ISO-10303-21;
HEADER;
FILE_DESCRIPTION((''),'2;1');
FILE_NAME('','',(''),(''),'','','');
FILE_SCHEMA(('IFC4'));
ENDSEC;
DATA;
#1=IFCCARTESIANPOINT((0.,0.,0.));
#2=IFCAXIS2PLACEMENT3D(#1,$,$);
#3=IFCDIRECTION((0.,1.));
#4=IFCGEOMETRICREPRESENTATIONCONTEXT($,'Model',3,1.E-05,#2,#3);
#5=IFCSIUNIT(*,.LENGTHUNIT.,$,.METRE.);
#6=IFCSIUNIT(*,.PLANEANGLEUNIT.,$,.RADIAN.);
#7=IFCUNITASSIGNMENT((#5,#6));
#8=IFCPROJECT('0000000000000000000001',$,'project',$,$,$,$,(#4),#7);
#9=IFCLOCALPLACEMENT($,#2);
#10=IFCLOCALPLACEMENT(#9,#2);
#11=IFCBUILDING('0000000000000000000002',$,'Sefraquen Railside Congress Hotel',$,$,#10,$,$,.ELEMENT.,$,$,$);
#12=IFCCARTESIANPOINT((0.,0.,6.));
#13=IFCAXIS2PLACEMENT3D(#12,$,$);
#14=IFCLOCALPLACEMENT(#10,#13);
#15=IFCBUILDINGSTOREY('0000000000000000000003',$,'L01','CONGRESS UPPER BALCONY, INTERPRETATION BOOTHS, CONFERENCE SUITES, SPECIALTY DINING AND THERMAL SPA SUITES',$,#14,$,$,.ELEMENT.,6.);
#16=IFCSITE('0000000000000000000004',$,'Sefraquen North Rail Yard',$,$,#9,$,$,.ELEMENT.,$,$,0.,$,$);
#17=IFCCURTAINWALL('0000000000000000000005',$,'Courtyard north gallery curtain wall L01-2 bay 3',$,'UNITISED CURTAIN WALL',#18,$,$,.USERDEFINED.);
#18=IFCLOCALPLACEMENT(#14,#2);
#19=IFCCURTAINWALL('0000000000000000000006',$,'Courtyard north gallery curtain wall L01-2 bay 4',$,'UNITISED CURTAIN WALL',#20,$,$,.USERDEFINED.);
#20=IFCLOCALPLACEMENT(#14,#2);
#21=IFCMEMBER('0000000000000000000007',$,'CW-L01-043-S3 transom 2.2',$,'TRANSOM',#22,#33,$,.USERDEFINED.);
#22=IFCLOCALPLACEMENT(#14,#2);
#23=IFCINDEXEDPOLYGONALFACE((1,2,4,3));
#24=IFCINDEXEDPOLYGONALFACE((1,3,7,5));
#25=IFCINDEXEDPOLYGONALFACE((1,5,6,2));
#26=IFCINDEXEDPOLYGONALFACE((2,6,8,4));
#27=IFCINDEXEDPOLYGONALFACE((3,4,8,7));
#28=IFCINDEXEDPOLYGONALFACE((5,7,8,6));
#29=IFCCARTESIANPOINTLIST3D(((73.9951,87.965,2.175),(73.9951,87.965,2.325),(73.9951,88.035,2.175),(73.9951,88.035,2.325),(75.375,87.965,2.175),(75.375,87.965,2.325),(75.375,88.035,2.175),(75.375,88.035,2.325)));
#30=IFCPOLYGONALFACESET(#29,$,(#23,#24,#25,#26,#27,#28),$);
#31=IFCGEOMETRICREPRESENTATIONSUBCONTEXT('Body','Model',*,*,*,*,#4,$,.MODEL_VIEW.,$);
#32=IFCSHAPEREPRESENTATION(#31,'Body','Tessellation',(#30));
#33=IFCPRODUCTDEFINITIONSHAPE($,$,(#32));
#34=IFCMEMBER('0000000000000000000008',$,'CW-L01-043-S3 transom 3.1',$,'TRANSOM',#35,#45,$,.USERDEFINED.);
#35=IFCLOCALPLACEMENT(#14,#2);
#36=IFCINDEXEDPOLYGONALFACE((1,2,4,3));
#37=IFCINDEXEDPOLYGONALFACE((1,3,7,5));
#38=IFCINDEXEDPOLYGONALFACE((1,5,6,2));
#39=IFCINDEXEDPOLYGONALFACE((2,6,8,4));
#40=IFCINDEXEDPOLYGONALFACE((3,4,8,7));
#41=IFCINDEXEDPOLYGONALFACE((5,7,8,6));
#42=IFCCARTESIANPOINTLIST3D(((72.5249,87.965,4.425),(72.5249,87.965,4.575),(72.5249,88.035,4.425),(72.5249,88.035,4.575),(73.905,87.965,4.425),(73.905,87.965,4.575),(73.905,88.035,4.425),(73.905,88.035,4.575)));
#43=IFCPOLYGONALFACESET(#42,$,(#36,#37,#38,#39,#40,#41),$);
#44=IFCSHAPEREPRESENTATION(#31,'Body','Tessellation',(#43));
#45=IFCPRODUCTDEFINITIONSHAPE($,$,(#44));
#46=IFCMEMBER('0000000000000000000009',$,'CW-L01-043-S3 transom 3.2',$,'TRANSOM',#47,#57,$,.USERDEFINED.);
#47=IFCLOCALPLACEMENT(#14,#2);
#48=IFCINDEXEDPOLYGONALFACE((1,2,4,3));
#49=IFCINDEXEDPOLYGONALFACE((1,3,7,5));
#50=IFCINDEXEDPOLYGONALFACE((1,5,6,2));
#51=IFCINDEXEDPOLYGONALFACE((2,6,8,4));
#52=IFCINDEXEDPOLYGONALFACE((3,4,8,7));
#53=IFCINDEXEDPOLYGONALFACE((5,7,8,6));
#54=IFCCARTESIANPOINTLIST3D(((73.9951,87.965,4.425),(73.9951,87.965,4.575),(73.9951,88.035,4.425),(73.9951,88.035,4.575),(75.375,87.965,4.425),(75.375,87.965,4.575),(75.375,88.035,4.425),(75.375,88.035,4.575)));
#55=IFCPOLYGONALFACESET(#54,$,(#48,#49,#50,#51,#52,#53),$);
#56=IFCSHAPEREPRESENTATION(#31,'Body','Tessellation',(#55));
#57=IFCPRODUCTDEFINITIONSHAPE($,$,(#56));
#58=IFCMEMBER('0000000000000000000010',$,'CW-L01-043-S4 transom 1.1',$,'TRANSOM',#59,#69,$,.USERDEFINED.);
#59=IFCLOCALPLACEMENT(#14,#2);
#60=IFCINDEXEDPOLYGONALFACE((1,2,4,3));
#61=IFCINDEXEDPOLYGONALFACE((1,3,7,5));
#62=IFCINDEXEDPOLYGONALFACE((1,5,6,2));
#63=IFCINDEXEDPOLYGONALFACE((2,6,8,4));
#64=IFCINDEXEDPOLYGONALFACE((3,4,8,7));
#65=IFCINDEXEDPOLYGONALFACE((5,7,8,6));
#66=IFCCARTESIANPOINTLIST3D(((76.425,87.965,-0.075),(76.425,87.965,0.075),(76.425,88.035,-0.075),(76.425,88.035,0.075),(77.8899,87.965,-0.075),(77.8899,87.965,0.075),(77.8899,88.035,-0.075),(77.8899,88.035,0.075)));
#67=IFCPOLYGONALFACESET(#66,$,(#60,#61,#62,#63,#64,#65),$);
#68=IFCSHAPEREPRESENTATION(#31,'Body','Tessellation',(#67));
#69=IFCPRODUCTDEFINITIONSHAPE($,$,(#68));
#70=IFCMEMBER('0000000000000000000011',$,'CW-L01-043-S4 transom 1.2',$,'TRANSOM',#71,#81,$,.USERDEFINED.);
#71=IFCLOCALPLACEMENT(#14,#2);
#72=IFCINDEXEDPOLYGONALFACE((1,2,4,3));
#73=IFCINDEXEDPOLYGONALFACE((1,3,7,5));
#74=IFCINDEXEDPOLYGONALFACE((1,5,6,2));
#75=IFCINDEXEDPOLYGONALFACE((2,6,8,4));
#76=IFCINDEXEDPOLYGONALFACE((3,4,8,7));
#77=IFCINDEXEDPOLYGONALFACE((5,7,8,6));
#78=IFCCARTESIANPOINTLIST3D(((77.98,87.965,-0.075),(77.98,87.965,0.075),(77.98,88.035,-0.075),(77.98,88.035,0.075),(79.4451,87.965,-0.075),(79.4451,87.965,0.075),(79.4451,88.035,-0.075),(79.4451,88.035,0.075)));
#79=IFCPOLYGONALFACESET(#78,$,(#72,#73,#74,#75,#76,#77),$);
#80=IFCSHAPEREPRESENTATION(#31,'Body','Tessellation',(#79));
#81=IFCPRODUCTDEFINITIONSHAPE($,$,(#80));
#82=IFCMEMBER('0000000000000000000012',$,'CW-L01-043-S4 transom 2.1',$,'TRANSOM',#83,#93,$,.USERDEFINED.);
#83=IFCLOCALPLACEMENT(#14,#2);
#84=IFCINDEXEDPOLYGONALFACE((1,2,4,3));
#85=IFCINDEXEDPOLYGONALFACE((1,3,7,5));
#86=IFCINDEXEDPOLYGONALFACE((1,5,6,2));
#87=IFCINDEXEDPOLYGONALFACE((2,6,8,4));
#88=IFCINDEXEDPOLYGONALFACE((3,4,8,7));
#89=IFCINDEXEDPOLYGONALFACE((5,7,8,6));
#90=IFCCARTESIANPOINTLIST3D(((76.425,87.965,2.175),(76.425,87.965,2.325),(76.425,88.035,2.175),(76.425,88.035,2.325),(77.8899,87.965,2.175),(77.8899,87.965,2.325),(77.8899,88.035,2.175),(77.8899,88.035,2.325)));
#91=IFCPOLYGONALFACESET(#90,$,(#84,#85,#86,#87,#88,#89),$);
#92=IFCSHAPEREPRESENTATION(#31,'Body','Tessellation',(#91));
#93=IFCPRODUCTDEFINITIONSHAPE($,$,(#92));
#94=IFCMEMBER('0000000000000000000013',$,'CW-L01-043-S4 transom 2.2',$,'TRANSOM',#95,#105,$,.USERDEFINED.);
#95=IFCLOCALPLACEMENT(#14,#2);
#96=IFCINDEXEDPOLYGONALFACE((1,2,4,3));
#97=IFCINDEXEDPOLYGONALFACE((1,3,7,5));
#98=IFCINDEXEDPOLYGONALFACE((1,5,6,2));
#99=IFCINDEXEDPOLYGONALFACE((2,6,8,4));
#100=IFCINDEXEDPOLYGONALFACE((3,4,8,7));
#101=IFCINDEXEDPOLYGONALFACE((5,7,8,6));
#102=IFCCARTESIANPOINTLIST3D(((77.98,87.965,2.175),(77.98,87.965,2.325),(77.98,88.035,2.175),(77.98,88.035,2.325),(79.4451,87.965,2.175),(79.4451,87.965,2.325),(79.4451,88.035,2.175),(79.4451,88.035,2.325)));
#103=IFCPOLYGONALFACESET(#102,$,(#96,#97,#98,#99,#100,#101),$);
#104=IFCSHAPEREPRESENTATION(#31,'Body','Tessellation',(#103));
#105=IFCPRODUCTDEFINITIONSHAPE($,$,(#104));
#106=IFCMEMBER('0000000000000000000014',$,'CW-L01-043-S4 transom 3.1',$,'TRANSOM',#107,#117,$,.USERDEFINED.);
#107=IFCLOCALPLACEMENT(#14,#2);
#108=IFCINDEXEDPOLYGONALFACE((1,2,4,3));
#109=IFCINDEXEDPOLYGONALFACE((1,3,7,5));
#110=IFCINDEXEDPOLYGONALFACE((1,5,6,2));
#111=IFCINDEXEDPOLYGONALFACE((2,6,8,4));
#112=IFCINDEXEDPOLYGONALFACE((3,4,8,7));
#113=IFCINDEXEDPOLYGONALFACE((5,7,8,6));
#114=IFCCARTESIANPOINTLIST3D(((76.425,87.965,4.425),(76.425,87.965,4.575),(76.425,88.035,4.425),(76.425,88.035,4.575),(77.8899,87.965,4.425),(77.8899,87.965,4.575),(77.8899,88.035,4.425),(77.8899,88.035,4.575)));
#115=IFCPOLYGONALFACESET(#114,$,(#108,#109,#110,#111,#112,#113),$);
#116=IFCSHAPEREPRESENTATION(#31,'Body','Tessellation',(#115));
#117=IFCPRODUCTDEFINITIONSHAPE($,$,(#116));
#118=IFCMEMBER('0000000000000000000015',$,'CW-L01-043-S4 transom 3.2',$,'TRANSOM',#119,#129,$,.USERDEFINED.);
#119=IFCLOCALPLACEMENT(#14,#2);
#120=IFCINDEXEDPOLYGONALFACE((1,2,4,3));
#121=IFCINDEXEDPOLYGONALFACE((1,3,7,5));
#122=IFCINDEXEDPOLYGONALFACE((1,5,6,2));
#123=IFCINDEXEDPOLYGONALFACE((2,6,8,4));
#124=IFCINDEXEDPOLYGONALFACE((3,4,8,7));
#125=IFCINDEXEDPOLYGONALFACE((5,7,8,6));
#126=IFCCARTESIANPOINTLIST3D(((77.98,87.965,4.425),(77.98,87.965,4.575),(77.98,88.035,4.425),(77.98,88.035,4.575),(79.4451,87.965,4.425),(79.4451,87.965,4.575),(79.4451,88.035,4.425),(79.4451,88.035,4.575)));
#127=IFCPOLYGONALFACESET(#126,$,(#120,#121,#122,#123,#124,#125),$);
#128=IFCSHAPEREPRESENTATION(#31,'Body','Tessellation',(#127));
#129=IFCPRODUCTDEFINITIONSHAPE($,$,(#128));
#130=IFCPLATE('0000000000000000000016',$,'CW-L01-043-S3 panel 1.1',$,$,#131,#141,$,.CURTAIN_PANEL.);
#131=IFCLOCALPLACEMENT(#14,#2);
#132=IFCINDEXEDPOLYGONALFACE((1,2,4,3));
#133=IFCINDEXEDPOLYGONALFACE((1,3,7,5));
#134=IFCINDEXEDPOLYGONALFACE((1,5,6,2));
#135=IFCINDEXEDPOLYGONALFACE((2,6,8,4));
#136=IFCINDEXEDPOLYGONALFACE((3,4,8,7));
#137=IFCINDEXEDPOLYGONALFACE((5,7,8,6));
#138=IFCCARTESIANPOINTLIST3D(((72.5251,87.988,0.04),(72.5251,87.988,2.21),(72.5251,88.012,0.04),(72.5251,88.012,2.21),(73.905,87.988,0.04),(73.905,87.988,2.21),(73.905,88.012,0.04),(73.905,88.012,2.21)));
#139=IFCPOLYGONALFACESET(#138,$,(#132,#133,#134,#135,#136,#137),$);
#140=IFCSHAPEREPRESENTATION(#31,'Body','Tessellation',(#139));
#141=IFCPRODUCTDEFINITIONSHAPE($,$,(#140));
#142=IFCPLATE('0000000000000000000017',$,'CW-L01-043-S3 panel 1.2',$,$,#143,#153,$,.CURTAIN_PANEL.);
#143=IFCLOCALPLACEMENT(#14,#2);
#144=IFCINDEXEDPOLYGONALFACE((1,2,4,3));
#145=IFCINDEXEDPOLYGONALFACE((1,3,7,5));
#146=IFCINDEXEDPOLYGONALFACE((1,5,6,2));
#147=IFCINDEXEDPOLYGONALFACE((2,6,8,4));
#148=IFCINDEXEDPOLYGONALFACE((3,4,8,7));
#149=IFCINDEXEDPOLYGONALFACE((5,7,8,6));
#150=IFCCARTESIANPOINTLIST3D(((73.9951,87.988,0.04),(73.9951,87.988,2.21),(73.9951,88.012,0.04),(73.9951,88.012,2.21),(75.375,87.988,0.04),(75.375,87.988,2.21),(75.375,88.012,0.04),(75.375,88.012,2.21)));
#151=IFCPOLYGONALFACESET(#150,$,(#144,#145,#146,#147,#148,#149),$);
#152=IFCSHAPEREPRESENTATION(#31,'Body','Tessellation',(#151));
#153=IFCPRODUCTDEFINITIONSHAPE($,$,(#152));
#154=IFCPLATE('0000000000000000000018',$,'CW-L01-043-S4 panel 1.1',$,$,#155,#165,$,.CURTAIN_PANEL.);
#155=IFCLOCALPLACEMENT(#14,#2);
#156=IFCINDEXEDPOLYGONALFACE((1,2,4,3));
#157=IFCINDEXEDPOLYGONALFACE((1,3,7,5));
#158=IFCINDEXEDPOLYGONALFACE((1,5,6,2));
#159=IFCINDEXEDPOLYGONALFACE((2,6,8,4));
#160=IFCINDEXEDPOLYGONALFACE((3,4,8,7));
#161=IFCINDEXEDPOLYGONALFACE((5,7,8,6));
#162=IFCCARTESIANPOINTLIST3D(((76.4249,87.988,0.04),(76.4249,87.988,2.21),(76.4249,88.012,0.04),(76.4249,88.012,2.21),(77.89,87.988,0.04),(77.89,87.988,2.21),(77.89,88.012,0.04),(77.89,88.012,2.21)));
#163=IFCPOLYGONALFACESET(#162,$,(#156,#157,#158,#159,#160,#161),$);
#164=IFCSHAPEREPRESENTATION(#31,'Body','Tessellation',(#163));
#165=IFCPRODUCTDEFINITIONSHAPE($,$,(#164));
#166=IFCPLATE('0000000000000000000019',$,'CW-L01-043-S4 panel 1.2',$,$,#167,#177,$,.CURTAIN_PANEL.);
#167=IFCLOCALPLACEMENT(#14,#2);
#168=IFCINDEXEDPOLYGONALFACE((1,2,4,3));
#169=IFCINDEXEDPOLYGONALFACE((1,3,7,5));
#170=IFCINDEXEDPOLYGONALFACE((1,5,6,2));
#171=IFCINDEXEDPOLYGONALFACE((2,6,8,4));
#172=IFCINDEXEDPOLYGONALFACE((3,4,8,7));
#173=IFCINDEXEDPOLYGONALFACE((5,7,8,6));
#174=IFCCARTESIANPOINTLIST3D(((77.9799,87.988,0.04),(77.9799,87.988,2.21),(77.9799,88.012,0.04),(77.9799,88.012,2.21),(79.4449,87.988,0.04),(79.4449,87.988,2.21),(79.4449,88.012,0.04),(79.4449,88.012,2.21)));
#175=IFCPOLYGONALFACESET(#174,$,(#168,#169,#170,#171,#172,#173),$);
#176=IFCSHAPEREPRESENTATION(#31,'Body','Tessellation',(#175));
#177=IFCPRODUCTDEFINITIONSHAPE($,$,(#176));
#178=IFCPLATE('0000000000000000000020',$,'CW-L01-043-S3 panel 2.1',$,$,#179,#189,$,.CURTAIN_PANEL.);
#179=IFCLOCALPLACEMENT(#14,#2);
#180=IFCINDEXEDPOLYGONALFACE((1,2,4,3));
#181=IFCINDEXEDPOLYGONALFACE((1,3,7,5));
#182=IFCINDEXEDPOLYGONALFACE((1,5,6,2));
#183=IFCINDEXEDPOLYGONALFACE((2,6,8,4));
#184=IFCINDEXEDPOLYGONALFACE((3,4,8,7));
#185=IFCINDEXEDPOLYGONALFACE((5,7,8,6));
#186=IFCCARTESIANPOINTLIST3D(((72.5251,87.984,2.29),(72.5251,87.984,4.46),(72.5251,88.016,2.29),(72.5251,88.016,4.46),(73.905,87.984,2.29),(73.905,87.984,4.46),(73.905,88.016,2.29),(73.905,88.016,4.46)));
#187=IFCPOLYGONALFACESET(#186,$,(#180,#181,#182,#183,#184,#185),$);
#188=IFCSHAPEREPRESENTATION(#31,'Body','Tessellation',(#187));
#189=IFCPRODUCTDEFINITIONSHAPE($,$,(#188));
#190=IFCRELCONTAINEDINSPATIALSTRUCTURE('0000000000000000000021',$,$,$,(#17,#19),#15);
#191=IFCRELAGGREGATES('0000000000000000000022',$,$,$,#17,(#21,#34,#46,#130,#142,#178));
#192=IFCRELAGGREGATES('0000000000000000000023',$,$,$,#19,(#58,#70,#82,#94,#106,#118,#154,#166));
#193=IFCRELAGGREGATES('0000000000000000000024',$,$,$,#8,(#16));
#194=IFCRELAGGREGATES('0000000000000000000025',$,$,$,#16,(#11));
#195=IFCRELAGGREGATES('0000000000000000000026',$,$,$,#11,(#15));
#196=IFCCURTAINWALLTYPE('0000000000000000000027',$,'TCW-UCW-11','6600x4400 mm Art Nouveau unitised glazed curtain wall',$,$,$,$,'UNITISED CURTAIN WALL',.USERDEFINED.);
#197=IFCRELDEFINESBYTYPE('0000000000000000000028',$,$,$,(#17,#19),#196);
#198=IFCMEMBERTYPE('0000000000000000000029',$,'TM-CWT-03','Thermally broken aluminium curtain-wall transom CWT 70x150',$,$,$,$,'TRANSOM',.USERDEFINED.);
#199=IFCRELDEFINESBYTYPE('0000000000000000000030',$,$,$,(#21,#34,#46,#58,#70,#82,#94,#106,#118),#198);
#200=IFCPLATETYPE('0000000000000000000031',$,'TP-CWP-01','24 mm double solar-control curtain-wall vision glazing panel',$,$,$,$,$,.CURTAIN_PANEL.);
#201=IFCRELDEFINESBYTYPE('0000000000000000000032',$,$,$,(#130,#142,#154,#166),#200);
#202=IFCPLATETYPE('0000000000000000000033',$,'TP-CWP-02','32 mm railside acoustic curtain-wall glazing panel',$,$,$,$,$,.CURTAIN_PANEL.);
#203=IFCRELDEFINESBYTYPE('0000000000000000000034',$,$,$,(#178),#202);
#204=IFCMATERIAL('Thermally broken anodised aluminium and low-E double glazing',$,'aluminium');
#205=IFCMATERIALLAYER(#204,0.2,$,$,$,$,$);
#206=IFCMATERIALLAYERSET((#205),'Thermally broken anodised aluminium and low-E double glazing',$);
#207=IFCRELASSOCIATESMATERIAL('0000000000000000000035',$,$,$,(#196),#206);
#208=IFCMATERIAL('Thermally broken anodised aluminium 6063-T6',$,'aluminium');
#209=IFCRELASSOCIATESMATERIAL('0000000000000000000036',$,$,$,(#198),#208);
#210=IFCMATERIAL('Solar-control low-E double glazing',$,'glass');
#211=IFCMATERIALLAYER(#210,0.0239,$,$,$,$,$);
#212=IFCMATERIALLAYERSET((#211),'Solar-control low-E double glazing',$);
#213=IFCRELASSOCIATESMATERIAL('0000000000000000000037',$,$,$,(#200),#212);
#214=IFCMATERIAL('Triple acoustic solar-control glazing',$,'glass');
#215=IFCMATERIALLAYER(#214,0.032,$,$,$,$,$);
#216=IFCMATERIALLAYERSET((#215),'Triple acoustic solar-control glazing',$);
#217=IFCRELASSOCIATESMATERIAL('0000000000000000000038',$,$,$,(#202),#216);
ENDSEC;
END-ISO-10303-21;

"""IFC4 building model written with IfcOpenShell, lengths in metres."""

from ifc_helpers import new_model, si_unit, direction, frame, origin, origin_2d, place, context, subcontext, project, spatial, rectangle, extrude, material, layer, layer_set, material_profile, profile_set, type_object, element, aggregate, save


model = new_model("IFC4")

# Units and contexts
model_context = context("Model", 3, precision=1e-05, world=origin(), true_north=direction((0.0, 1.0)))
body_context = subcontext(model_context, "Body", "Model", "MODEL_VIEW")
ifc_project = project(units=[si_unit("LENGTHUNIT", "METRE"), si_unit("PLANEANGLEUNIT", "RADIAN")], contexts=[model_context])

# Site, building, storey
site_placement = place(None, origin())
site = spatial("IfcSite", under=ifc_project, at=site_placement, Name="Sefraquen North Rail Yard", CompositionType="ELEMENT", RefElevation=0.0)
building_placement = place(site_placement, origin())
building = spatial("IfcBuilding", under=site, at=building_placement, Name="Sefraquen Railside Congress Hotel", CompositionType="ELEMENT")
storey_placement = place(building_placement, frame((0.0, 0.0, 6.0)))
storey = spatial("IfcBuildingStorey", under=building, at=storey_placement, Name="L01", Description="CONGRESS UPPER BALCONY, INTERPRETATION BOOTHS, CONFERENCE SUITES, SPECIALTY DINING AND THERMAL SPA SUITES", CompositionType="ELEMENT", Elevation=6.0)

# Curtain walls
ifc_material_1 = material(Name="Thermally broken anodised aluminium and low-E double glazing", Category="aluminium")
ifc_layer_1 = layer(ifc_material_1, 0.2)
ifc_layer_set_1 = layer_set([ifc_layer_1], Name="Thermally broken anodised aluminium and low-E double glazing")
curtain_wall_type = type_object("IfcCurtainWallType", Name="TCW-UCW-11", Description="6600x4400 mm Art Nouveau unitised glazed curtain wall", ElementType="UNITISED CURTAIN WALL", PredefinedType="USERDEFINED", material=ifc_layer_set_1)
curtain_wall_1_placement = place(storey_placement, origin())
curtain_wall_1 = element("IfcCurtainWall", 1, at=curtain_wall_1_placement, inside=storey, type_object=curtain_wall_type, Name="Courtyard north gallery curtain wall L01-2 bay 3", ObjectType="UNITISED CURTAIN WALL", PredefinedType="USERDEFINED")
ifc_material_2 = material(Name="Thermally broken anodised aluminium 6063-T6", Category="aluminium")
curtain_wall_2_placement = place(storey_placement, origin())
curtain_wall_2 = element("IfcCurtainWall", 2, at=curtain_wall_2_placement, inside=storey, type_object=curtain_wall_type, Name="Courtyard north gallery curtain wall L01-2 bay 4", ObjectType="UNITISED CURTAIN WALL", PredefinedType="USERDEFINED")

# Members
ifc_material_profile_1 = material_profile(ifc_material_2, rectangle(XDim=0.0701, YDim=0.1499, at=origin_2d()), Name="CWT 70x150")
ifc_profile_set_1 = profile_set([ifc_material_profile_1], Name="Thermally broken anodised aluminium 6063-T6")
member_type_1 = type_object("IfcMemberType", Name="TM-CWT-03", Description="Thermally broken aluminium curtain-wall transom CWT 70x150", ElementType="TRANSOM", PredefinedType="USERDEFINED", material=ifc_profile_set_1)
member_1_placement = place(storey_placement, frame((73.9951, 88.0, 2.25), z_axis=(1.0, 0.0, 0.0), x_axis=(0.0, 1.0, 0.0)))
member_1 = element("IfcMember", 3, at=member_1_placement, type_object=member_type_1, Name="CW-L01-043-S3 transom 2.2", ObjectType="TRANSOM", PredefinedType="USERDEFINED", context=body_context, shape_type="SweptSolid", body=[
    extrude(rectangle(XDim=0.0701, YDim=0.1499, at=origin_2d()), origin(), (0.0, 0.0, 1.0), 1.3799),
])
member_2_placement = place(storey_placement, frame((72.5249, 88.0, 4.5), z_axis=(1.0, 0.0, 0.0), x_axis=(0.0, 1.0, 0.0)))
member_2 = element("IfcMember", 4, at=member_2_placement, type_object=member_type_1, Name="CW-L01-043-S3 transom 3.1", ObjectType="TRANSOM", PredefinedType="USERDEFINED", context=body_context, shape_type="SweptSolid", body=[
    extrude(rectangle(XDim=0.0701, YDim=0.1499, at=origin_2d()), origin(), (0.0, 0.0, 1.0), 1.3801),
])
member_3_placement = place(storey_placement, frame((73.9951, 88.0, 4.5), z_axis=(1.0, 0.0, 0.0), x_axis=(0.0, 1.0, 0.0)))
member_3 = element("IfcMember", 5, at=member_3_placement, type_object=member_type_1, Name="CW-L01-043-S3 transom 3.2", ObjectType="TRANSOM", PredefinedType="USERDEFINED", context=body_context, shape_type="SweptSolid", body=[
    extrude(rectangle(XDim=0.0701, YDim=0.1499, at=origin_2d()), origin(), (0.0, 0.0, 1.0), 1.3799),
])
member_4_placement = place(storey_placement, frame((76.425, 88.0, 0.0), z_axis=(1.0, 0.0, 0.0), x_axis=(0.0, 1.0, 0.0)))
member_4 = element("IfcMember", 6, at=member_4_placement, type_object=member_type_1, Name="CW-L01-043-S4 transom 1.1", ObjectType="TRANSOM", PredefinedType="USERDEFINED", context=body_context, shape_type="SweptSolid", body=[
    extrude(rectangle(XDim=0.0701, YDim=0.1499, at=origin_2d()), origin(), (0.0, 0.0, 1.0), 1.4648),
])
member_5_placement = place(storey_placement, frame((77.98, 88.0, 0.0), z_axis=(1.0, 0.0, 0.0), x_axis=(0.0, 1.0, 0.0)))
member_5 = element("IfcMember", 7, at=member_5_placement, type_object=member_type_1, Name="CW-L01-043-S4 transom 1.2", ObjectType="TRANSOM", PredefinedType="USERDEFINED", context=body_context, shape_type="SweptSolid", body=[
    extrude(rectangle(XDim=0.0701, YDim=0.1499, at=origin_2d()), origin(), (0.0, 0.0, 1.0), 1.4651),
])
member_6_placement = place(storey_placement, frame((76.425, 88.0, 2.25), z_axis=(1.0, 0.0, 0.0), x_axis=(0.0, 1.0, 0.0)))
member_6 = element("IfcMember", 8, at=member_6_placement, type_object=member_type_1, Name="CW-L01-043-S4 transom 2.1", ObjectType="TRANSOM", PredefinedType="USERDEFINED", context=body_context, shape_type="SweptSolid", body=[
    extrude(rectangle(XDim=0.0701, YDim=0.1499, at=origin_2d()), origin(), (0.0, 0.0, 1.0), 1.4648),
])
member_7_placement = place(storey_placement, frame((77.98, 88.0, 2.25), z_axis=(1.0, 0.0, 0.0), x_axis=(0.0, 1.0, 0.0)))
member_7 = element("IfcMember", 9, at=member_7_placement, type_object=member_type_1, Name="CW-L01-043-S4 transom 2.2", ObjectType="TRANSOM", PredefinedType="USERDEFINED", context=body_context, shape_type="SweptSolid", body=[
    extrude(rectangle(XDim=0.0701, YDim=0.1499, at=origin_2d()), origin(), (0.0, 0.0, 1.0), 1.4651),
])
member_8_placement = place(storey_placement, frame((76.425, 88.0, 4.5), z_axis=(1.0, 0.0, 0.0), x_axis=(0.0, 1.0, 0.0)))
member_8 = element("IfcMember", 10, at=member_8_placement, type_object=member_type_1, Name="CW-L01-043-S4 transom 3.1", ObjectType="TRANSOM", PredefinedType="USERDEFINED", context=body_context, shape_type="SweptSolid", body=[
    extrude(rectangle(XDim=0.0701, YDim=0.1499, at=origin_2d()), origin(), (0.0, 0.0, 1.0), 1.4648),
])
member_9_placement = place(storey_placement, frame((77.98, 88.0, 4.5), z_axis=(1.0, 0.0, 0.0), x_axis=(0.0, 1.0, 0.0)))
member_9 = element("IfcMember", 11, at=member_9_placement, type_object=member_type_1, Name="CW-L01-043-S4 transom 3.2", ObjectType="TRANSOM", PredefinedType="USERDEFINED", context=body_context, shape_type="SweptSolid", body=[
    extrude(rectangle(XDim=0.0701, YDim=0.1499, at=origin_2d()), origin(), (0.0, 0.0, 1.0), 1.4651),
])

# Plates
ifc_material_3 = material(Name="Solar-control low-E double glazing", Category="glass")
ifc_layer_2 = layer(ifc_material_3, 0.0239)
ifc_layer_set_2 = layer_set([ifc_layer_2], Name="Solar-control low-E double glazing")
plate_type_1 = type_object("IfcPlateType", Name="TP-CWP-01", Description="24 mm double solar-control curtain-wall vision glazing panel", PredefinedType="CURTAIN_PANEL", material=ifc_layer_set_2)
plate_1_placement = place(storey_placement, frame((73.2151, 88.0, 0.04), z_axis=(0.0, 0.0, 1.0), x_axis=(1.0, 0.0, 0.0)))
plate_1 = element("IfcPlate", 12, at=plate_1_placement, type_object=plate_type_1, Name="CW-L01-043-S3 panel 1.1", PredefinedType="CURTAIN_PANEL", context=body_context, shape_type="SweptSolid", body=[
    extrude(rectangle(XDim=1.3799, YDim=0.0239, at=origin_2d()), origin(), (0.0, 0.0, 1.0), 2.1699),
])
plate_2_placement = place(storey_placement, frame((74.6851, 88.0, 0.04), z_axis=(0.0, 0.0, 1.0), x_axis=(1.0, 0.0, 0.0)))
plate_2 = element("IfcPlate", 13, at=plate_2_placement, type_object=plate_type_1, Name="CW-L01-043-S3 panel 1.2", PredefinedType="CURTAIN_PANEL", context=body_context, shape_type="SweptSolid", body=[
    extrude(rectangle(XDim=1.3799, YDim=0.0239, at=origin_2d()), origin(), (0.0, 0.0, 1.0), 2.1699),
])
plate_3_placement = place(storey_placement, frame((77.1575, 88.0, 0.04), z_axis=(0.0, 0.0, 1.0), x_axis=(1.0, 0.0, 0.0)))
plate_3 = element("IfcPlate", 14, at=plate_3_placement, type_object=plate_type_1, Name="CW-L01-043-S4 panel 1.1", PredefinedType="CURTAIN_PANEL", context=body_context, shape_type="SweptSolid", body=[
    extrude(rectangle(XDim=1.4651, YDim=0.0239, at=origin_2d()), origin(), (0.0, 0.0, 1.0), 2.1699),
])
plate_4_placement = place(storey_placement, frame((78.7124, 88.0, 0.04), z_axis=(0.0, 0.0, 1.0), x_axis=(1.0, 0.0, 0.0)))
plate_4 = element("IfcPlate", 15, at=plate_4_placement, type_object=plate_type_1, Name="CW-L01-043-S4 panel 1.2", PredefinedType="CURTAIN_PANEL", context=body_context, shape_type="SweptSolid", body=[
    extrude(rectangle(XDim=1.4651, YDim=0.0239, at=origin_2d()), origin(), (0.0, 0.0, 1.0), 2.1699),
])
ifc_material_4 = material(Name="Triple acoustic solar-control glazing", Category="glass")
ifc_layer_3 = layer(ifc_material_4, 0.032)
ifc_layer_set_3 = layer_set([ifc_layer_3], Name="Triple acoustic solar-control glazing")
plate_type_2 = type_object("IfcPlateType", Name="TP-CWP-02", Description="32 mm railside acoustic curtain-wall glazing panel", PredefinedType="CURTAIN_PANEL", material=ifc_layer_set_3)
plate_5_placement = place(storey_placement, frame((73.2151, 88.0, 2.29), z_axis=(0.0, 0.0, 1.0), x_axis=(1.0, 0.0, 0.0)))
plate_5 = element("IfcPlate", 16, at=plate_5_placement, type_object=plate_type_2, Name="CW-L01-043-S3 panel 2.1", PredefinedType="CURTAIN_PANEL", context=body_context, shape_type="SweptSolid", body=[
    extrude(rectangle(XDim=1.3799, YDim=0.032, at=origin_2d()), origin(), (0.0, 0.0, 1.0), 2.1699),
])
aggregate(curtain_wall_1, [member_1, member_2, member_3, plate_1, plate_2, plate_5])
aggregate(curtain_wall_2, [member_4, member_5, member_6, member_7, member_8, member_9, plate_3, plate_4])

save(model, "model.ifc")
